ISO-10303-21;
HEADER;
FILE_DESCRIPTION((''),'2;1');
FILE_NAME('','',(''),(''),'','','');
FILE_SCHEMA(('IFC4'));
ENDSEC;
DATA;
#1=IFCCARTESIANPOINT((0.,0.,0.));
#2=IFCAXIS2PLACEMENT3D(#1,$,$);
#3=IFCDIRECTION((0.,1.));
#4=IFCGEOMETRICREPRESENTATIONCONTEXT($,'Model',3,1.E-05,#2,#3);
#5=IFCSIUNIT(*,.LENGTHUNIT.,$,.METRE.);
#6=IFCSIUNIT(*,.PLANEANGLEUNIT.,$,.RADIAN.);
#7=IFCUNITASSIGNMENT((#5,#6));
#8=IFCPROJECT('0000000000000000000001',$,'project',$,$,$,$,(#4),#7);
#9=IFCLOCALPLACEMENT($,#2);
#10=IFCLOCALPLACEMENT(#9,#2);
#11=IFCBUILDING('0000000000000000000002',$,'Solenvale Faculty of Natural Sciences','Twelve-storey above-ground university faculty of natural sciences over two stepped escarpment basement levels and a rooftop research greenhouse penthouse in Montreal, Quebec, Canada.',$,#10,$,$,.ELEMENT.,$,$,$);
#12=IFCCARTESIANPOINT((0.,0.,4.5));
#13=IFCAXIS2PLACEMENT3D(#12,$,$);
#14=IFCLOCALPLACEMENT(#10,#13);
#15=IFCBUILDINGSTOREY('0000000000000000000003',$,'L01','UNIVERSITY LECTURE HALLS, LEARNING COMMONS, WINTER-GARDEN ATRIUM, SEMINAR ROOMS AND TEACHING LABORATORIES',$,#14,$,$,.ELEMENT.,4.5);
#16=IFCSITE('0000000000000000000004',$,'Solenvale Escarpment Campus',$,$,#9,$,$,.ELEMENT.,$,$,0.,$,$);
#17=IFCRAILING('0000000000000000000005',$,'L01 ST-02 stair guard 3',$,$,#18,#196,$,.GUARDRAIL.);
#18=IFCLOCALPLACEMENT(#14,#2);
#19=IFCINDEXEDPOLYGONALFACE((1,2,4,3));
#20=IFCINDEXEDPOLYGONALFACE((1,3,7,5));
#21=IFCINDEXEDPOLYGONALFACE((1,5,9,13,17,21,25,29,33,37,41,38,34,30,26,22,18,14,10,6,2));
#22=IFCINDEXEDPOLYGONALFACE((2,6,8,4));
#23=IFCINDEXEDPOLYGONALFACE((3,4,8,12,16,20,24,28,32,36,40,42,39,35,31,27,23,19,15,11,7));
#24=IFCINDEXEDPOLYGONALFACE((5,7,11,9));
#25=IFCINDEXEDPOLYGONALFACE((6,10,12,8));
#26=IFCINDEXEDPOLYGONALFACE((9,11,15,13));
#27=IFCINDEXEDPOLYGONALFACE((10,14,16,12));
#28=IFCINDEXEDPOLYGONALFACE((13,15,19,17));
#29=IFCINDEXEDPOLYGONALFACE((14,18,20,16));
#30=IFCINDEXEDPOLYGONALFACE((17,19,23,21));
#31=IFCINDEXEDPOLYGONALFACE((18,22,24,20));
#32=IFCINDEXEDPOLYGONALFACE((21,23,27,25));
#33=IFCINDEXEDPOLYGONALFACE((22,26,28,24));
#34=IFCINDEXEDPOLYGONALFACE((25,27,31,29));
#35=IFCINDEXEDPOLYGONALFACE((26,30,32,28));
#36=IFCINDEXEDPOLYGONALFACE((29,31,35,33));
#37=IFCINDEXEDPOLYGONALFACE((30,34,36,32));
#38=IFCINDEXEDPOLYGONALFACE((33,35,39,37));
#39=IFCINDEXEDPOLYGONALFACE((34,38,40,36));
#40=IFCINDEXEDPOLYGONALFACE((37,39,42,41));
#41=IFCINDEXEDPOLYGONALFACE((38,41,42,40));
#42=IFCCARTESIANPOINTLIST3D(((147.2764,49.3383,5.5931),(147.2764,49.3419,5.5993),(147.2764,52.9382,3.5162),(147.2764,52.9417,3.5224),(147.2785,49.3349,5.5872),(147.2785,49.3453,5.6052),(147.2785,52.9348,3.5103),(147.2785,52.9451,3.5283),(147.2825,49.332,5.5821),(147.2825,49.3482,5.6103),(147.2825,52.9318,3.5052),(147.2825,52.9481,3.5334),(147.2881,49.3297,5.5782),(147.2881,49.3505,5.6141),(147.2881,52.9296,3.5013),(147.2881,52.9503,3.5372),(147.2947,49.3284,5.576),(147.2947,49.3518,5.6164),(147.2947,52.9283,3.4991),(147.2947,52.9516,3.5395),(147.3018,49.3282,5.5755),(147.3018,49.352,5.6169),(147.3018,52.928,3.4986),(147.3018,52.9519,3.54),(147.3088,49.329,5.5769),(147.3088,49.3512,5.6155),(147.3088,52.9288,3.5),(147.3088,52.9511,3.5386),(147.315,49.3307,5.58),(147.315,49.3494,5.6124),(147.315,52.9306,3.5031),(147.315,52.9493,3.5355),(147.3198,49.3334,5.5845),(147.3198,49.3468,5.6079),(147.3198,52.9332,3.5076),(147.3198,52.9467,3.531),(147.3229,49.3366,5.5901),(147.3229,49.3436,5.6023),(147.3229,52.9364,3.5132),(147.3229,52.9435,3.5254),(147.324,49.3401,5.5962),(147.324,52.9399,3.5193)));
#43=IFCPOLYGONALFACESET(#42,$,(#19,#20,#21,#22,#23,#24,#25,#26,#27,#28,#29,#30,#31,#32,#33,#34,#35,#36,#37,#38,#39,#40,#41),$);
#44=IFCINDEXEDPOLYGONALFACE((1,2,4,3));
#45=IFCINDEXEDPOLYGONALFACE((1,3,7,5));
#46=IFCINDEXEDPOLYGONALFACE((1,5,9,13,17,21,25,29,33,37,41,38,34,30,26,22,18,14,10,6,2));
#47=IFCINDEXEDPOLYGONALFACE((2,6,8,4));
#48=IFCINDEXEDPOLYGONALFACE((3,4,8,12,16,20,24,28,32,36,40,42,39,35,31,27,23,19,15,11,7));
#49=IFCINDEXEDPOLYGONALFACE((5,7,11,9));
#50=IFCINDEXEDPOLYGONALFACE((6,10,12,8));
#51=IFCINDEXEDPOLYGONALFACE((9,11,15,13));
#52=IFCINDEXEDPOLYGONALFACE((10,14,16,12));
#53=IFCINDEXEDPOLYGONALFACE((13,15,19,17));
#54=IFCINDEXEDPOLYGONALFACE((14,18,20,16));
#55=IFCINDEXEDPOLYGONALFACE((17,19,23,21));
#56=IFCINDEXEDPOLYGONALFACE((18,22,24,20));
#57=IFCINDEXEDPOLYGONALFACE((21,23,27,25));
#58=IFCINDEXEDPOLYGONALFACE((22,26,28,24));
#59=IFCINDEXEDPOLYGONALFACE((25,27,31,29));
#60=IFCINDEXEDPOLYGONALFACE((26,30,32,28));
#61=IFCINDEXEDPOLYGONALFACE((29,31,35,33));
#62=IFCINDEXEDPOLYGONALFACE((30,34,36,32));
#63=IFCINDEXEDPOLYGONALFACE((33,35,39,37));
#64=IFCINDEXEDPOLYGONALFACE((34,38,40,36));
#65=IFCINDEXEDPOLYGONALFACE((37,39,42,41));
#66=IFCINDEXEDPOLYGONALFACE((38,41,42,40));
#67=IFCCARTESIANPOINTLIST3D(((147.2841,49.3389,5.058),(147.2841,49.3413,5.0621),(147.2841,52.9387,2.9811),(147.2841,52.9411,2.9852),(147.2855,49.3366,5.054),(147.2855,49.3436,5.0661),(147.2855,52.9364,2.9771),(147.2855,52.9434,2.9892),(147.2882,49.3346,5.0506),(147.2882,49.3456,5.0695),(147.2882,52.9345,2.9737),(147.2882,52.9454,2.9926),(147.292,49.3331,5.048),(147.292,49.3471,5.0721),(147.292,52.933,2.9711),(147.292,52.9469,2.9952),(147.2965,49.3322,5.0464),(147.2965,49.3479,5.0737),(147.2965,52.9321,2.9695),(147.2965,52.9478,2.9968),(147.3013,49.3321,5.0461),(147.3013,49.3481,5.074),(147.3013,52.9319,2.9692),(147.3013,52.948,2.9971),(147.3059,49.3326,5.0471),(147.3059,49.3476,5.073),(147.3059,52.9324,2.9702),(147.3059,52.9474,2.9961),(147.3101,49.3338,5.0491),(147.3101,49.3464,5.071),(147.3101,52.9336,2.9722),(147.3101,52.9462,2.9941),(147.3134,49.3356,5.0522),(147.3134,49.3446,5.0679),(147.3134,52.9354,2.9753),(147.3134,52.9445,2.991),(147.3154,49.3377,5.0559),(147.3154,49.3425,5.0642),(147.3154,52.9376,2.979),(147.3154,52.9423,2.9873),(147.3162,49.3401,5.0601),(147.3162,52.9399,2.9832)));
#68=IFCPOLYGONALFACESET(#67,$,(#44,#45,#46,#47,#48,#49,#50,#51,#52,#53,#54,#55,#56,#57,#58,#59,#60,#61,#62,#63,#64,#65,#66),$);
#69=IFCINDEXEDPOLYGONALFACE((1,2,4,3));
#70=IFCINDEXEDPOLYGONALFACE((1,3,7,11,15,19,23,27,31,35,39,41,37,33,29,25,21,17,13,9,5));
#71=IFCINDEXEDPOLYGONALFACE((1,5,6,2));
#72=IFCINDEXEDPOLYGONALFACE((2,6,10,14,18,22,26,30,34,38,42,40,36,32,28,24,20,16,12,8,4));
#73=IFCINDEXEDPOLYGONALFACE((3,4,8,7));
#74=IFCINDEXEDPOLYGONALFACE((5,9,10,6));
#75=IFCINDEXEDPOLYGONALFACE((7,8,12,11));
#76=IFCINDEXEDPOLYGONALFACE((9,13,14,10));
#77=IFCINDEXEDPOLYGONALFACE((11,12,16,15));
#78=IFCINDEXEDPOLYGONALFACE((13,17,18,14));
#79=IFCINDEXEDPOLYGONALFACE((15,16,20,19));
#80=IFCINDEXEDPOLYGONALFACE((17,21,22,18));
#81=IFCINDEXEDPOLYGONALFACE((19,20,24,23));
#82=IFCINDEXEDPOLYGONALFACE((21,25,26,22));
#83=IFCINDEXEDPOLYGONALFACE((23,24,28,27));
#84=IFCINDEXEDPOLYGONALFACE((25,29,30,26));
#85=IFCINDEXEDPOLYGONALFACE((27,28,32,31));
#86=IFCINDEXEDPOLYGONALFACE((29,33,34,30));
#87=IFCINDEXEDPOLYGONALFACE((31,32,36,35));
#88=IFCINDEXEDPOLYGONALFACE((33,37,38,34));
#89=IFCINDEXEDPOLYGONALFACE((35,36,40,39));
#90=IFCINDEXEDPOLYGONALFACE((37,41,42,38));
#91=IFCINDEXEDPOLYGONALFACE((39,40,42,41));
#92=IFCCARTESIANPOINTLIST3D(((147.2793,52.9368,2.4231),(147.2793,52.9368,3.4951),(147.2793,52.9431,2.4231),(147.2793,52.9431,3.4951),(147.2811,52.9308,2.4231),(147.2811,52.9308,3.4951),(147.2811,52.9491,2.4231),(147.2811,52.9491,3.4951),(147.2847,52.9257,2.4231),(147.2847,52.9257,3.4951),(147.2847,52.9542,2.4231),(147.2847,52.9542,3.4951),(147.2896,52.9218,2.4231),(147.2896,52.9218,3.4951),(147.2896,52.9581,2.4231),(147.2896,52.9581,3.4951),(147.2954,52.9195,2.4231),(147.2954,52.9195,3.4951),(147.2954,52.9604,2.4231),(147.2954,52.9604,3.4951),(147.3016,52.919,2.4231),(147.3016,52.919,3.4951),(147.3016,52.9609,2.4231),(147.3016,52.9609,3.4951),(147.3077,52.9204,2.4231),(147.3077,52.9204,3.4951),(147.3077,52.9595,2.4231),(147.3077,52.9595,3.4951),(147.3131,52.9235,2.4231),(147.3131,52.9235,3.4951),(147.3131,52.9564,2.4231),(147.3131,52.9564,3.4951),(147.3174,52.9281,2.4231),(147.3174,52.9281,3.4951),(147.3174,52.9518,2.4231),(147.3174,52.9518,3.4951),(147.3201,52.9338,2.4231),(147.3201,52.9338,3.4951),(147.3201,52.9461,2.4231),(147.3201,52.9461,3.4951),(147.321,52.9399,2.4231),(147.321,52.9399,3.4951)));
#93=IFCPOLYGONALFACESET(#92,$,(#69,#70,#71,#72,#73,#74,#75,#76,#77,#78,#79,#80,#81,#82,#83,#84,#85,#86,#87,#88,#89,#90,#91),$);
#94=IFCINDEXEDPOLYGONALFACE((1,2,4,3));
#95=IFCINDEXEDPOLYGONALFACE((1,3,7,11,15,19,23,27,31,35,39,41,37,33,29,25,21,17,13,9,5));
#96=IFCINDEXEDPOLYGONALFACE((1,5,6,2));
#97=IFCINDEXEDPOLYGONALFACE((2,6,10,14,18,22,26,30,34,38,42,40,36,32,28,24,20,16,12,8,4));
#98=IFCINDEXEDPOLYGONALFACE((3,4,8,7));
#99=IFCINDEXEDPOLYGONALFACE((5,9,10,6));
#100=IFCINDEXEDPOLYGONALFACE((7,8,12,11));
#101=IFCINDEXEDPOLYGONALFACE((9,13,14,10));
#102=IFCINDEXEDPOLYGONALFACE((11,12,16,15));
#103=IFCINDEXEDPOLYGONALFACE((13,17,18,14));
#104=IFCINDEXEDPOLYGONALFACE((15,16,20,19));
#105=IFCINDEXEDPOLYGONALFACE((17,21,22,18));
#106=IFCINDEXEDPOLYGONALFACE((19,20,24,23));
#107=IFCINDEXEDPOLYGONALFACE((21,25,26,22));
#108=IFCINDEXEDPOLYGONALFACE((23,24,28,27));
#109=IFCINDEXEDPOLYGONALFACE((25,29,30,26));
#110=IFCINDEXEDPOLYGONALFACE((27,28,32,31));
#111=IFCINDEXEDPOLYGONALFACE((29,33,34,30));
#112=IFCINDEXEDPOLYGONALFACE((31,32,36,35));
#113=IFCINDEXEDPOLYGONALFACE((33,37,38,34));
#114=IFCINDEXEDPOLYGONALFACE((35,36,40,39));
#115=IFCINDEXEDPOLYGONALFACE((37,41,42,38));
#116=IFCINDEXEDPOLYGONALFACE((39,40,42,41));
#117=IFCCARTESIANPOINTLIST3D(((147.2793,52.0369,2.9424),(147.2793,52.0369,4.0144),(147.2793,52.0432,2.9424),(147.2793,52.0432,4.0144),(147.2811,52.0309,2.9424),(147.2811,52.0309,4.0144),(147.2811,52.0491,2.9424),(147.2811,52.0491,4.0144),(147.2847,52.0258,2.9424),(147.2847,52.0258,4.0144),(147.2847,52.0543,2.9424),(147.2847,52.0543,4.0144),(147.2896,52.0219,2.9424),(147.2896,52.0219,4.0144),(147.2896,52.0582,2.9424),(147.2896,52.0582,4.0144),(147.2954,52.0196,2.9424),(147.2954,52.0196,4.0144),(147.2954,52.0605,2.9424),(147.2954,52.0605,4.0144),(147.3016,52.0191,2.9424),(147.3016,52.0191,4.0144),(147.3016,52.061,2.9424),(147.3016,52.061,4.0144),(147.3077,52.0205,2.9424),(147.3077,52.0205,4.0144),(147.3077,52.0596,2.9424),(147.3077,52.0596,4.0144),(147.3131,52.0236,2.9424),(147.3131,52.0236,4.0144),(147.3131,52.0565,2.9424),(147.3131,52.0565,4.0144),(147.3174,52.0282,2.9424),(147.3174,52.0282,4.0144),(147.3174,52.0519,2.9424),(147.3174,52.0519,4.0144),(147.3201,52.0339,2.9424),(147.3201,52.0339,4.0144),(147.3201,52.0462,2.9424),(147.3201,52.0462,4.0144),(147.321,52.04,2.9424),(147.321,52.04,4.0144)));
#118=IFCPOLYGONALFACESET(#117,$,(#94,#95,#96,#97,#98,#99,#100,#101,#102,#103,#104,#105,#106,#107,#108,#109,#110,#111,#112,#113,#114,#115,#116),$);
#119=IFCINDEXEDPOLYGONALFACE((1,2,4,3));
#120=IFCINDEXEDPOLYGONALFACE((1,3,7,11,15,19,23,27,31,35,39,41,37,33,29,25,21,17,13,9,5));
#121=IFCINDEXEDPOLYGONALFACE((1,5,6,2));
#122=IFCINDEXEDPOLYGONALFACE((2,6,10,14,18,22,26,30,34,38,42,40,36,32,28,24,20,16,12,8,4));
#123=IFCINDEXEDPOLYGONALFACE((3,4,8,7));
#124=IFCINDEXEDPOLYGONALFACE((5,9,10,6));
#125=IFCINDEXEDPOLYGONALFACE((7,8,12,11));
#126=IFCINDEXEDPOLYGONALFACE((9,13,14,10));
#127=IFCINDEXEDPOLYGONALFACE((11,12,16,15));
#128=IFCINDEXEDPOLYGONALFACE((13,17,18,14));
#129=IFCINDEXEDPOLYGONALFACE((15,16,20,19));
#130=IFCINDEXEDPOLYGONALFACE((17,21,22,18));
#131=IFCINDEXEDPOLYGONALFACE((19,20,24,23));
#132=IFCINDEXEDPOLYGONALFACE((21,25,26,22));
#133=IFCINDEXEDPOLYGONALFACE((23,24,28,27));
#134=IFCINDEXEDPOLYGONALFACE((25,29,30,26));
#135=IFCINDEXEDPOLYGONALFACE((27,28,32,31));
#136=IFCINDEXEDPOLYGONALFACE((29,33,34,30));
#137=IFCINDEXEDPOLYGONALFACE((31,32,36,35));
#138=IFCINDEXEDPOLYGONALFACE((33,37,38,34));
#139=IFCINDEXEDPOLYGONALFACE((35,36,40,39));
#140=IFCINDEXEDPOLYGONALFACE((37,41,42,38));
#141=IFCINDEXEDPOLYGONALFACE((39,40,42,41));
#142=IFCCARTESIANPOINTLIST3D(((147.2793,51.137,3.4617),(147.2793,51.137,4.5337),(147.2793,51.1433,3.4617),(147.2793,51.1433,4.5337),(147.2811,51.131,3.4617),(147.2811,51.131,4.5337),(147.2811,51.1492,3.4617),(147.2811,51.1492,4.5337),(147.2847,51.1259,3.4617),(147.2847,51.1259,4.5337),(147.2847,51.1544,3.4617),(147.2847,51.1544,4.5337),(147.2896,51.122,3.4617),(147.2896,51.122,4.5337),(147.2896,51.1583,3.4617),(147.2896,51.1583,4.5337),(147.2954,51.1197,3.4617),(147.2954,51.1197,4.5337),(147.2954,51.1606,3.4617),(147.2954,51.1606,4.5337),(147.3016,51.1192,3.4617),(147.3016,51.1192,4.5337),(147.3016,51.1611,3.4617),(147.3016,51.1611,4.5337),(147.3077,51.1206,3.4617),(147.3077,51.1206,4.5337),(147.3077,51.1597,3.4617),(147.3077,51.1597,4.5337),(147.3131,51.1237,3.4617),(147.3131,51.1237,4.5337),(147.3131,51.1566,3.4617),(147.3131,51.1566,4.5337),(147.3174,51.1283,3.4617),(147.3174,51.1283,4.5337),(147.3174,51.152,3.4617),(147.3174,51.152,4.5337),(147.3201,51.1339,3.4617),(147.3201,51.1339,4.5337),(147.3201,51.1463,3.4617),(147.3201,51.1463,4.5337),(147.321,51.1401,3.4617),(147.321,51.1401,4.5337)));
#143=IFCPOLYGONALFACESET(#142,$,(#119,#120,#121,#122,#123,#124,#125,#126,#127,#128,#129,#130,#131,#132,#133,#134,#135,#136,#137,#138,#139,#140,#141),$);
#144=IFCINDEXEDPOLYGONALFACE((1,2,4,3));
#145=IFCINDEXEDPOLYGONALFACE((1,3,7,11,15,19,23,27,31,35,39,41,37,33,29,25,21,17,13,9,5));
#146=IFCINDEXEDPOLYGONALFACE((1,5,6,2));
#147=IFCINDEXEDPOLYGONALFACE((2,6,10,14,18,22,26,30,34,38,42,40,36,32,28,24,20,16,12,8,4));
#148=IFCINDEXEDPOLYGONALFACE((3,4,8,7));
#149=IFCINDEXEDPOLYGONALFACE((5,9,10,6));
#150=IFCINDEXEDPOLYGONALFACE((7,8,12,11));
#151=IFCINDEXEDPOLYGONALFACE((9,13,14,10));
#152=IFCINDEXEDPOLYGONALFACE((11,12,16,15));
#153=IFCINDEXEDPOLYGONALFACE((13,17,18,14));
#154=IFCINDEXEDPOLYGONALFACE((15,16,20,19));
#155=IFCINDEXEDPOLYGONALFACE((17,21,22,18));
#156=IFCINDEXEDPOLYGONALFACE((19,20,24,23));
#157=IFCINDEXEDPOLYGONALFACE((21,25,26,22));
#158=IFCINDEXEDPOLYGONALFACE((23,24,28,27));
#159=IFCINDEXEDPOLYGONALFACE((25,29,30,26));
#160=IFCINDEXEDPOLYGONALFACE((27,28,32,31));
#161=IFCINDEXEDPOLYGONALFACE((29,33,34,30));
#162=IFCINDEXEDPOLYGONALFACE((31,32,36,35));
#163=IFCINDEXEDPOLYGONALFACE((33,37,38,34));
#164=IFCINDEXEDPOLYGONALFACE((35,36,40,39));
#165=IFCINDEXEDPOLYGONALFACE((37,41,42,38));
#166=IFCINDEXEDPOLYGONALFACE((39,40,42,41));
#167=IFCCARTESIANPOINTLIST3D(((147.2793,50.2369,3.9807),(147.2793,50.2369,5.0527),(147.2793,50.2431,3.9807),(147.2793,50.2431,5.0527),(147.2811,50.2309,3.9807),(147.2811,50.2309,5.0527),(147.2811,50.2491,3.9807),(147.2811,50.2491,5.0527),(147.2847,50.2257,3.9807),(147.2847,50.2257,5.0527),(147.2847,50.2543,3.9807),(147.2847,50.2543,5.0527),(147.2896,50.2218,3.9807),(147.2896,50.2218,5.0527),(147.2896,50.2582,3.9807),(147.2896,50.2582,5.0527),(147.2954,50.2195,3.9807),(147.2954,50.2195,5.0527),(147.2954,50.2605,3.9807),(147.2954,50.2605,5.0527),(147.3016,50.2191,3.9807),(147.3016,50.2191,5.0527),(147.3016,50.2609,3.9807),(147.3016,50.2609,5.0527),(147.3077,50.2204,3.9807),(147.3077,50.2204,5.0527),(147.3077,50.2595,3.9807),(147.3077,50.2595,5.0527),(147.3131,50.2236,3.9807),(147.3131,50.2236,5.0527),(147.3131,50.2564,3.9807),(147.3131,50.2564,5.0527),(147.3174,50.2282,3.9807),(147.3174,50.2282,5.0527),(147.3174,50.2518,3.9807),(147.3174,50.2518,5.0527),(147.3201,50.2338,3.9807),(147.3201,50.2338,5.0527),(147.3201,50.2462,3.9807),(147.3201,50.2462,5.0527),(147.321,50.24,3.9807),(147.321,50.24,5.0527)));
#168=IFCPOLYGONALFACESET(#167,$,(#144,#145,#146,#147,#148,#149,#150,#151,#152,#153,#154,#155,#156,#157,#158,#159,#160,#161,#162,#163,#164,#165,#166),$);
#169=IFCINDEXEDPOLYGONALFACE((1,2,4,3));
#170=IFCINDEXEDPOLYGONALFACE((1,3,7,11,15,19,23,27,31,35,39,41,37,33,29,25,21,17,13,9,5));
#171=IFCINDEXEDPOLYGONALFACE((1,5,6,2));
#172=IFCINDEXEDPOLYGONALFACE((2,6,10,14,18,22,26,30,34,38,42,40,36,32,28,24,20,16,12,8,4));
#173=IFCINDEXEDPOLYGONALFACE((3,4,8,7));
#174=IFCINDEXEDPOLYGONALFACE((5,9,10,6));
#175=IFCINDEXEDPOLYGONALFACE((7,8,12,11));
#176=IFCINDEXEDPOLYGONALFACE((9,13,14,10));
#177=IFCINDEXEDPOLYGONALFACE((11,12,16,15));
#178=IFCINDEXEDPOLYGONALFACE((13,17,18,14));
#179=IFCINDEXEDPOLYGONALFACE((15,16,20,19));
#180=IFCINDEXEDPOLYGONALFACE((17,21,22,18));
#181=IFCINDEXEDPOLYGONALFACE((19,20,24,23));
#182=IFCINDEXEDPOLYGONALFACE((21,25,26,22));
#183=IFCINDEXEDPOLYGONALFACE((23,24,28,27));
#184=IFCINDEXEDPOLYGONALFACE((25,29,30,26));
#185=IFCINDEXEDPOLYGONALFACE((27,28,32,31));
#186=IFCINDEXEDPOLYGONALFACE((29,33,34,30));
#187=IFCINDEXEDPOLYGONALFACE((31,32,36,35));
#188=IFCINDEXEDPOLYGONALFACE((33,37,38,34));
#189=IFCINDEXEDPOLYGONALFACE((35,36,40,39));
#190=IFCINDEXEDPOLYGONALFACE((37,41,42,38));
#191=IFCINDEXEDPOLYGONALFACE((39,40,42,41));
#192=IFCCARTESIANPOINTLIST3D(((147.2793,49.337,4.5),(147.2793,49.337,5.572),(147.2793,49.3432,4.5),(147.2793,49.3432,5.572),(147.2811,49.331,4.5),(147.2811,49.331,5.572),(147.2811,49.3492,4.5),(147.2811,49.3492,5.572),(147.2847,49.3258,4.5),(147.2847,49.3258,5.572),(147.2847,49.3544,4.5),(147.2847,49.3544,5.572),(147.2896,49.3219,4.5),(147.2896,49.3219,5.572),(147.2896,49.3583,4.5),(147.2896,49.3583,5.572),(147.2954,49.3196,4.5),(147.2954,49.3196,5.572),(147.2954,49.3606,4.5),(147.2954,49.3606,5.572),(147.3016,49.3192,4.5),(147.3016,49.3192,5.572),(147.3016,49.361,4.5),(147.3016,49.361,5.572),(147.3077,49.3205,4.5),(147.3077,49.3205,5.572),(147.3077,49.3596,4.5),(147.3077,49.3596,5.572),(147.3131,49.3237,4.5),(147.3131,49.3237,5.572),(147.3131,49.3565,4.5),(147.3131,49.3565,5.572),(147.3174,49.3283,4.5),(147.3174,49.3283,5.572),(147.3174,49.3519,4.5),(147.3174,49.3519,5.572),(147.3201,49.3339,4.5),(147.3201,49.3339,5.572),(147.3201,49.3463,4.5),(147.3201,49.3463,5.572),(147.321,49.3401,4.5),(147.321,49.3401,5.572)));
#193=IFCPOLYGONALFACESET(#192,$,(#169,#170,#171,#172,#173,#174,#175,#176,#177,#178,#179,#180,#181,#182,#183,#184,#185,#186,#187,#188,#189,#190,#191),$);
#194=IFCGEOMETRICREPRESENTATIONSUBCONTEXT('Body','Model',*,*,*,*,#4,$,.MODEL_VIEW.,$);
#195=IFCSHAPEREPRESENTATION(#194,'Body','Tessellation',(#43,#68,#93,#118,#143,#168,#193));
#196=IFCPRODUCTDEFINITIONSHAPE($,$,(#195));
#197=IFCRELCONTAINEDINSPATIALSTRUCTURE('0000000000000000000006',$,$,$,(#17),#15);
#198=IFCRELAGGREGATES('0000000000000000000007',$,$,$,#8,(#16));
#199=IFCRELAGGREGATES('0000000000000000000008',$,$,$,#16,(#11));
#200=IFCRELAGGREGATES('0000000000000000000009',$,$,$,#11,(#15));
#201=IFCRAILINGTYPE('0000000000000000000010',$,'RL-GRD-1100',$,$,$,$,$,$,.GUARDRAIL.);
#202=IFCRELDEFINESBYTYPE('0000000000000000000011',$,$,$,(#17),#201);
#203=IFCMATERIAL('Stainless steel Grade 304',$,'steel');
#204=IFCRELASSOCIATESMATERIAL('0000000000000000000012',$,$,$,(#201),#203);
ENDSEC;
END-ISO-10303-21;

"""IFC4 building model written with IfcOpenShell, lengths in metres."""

from ifc_helpers import new_model, si_unit, direction, frame, origin, origin_2d, place, context, subcontext, project, spatial, circle, extrude, material, type_object, element, save


model = new_model("IFC4")

# Units and contexts
model_context = context("Model", 3, precision=1e-05, world=origin(), true_north=direction((0.0, 1.0)))
body_context = subcontext(model_context, "Body", "Model", "MODEL_VIEW")
ifc_project = project(units=[si_unit("LENGTHUNIT", "METRE"), si_unit("PLANEANGLEUNIT", "RADIAN")], contexts=[model_context])

# Site, building, storey
site_placement = place(None, origin())
site = spatial("IfcSite", under=ifc_project, at=site_placement, Name="Solenvale Escarpment Campus", CompositionType="ELEMENT", RefElevation=0.0)
building_placement = place(site_placement, origin())
building = spatial("IfcBuilding", under=site, at=building_placement, Name="Solenvale Faculty of Natural Sciences", Description="Twelve-storey above-ground university faculty of natural sciences over two stepped escarpment basement levels and a rooftop research greenhouse penthouse in Montreal, Quebec, Canada.", CompositionType="ELEMENT")
storey_placement = place(building_placement, frame((0.0, 0.0, 4.5)))
storey = spatial("IfcBuildingStorey", under=building, at=storey_placement, Name="L01", Description="UNIVERSITY LECTURE HALLS, LEARNING COMMONS, WINTER-GARDEN ATRIUM, SEMINAR ROOMS AND TEACHING LABORATORIES", CompositionType="ELEMENT", Elevation=4.5)

# Railing
ifc_material_1 = material(Name="Stainless steel Grade 304", Category="steel")
railing_type_1 = type_object("IfcRailingType", Name="RL-GRD-1100", PredefinedType="GUARDRAIL", material=ifc_material_1)
railing_1_placement = place(storey_placement, frame((147.3, 52.9399, 2.4231)))
element("IfcRailing", 1, at=railing_1_placement, inside=storey, type_object=railing_type_1, Name="L01 ST-02 stair guard 3", PredefinedType="GUARDRAIL", context=body_context, shape_type="SweptSolid", body=[
    extrude(circle(Radius=0.0239, at=origin_2d()), frame((0.0, 0.0, 1.0962), z_axis=(0.0, -0.866179, 0.499734), x_axis=(1.0, 0.0, 0.0)), (0.0, 0.0, 1.0), 4.156),
    extrude(circle(Radius=0.0161, at=origin_2d()), frame((0.0, 0.0, 0.5601), z_axis=(0.0, -0.866179, 0.499734), x_axis=(1.0, 0.0, 0.0)), (0.0, 0.0, 1.0), 4.156),
    extrude(circle(Radius=0.021, at=origin_2d()), origin(), (0.0, 0.0, 1.0), 1.072),
    extrude(circle(Radius=0.021, at=origin_2d()), frame((0.0, -0.8999, 0.5193)), (0.0, 0.0, 1.0), 1.072),
    extrude(circle(Radius=0.021, at=origin_2d()), frame((0.0, -1.7998, 1.0386)), (0.0, 0.0, 1.0), 1.072),
    extrude(circle(Radius=0.021, at=origin_2d()), frame((0.0, -2.7, 1.5576)), (0.0, 0.0, 1.0), 1.072),
    extrude(circle(Radius=0.021, at=origin_2d()), frame((0.0, -3.5999, 2.0769)), (0.0, 0.0, 1.0), 1.072),
])

save(model, "model.ifc")
